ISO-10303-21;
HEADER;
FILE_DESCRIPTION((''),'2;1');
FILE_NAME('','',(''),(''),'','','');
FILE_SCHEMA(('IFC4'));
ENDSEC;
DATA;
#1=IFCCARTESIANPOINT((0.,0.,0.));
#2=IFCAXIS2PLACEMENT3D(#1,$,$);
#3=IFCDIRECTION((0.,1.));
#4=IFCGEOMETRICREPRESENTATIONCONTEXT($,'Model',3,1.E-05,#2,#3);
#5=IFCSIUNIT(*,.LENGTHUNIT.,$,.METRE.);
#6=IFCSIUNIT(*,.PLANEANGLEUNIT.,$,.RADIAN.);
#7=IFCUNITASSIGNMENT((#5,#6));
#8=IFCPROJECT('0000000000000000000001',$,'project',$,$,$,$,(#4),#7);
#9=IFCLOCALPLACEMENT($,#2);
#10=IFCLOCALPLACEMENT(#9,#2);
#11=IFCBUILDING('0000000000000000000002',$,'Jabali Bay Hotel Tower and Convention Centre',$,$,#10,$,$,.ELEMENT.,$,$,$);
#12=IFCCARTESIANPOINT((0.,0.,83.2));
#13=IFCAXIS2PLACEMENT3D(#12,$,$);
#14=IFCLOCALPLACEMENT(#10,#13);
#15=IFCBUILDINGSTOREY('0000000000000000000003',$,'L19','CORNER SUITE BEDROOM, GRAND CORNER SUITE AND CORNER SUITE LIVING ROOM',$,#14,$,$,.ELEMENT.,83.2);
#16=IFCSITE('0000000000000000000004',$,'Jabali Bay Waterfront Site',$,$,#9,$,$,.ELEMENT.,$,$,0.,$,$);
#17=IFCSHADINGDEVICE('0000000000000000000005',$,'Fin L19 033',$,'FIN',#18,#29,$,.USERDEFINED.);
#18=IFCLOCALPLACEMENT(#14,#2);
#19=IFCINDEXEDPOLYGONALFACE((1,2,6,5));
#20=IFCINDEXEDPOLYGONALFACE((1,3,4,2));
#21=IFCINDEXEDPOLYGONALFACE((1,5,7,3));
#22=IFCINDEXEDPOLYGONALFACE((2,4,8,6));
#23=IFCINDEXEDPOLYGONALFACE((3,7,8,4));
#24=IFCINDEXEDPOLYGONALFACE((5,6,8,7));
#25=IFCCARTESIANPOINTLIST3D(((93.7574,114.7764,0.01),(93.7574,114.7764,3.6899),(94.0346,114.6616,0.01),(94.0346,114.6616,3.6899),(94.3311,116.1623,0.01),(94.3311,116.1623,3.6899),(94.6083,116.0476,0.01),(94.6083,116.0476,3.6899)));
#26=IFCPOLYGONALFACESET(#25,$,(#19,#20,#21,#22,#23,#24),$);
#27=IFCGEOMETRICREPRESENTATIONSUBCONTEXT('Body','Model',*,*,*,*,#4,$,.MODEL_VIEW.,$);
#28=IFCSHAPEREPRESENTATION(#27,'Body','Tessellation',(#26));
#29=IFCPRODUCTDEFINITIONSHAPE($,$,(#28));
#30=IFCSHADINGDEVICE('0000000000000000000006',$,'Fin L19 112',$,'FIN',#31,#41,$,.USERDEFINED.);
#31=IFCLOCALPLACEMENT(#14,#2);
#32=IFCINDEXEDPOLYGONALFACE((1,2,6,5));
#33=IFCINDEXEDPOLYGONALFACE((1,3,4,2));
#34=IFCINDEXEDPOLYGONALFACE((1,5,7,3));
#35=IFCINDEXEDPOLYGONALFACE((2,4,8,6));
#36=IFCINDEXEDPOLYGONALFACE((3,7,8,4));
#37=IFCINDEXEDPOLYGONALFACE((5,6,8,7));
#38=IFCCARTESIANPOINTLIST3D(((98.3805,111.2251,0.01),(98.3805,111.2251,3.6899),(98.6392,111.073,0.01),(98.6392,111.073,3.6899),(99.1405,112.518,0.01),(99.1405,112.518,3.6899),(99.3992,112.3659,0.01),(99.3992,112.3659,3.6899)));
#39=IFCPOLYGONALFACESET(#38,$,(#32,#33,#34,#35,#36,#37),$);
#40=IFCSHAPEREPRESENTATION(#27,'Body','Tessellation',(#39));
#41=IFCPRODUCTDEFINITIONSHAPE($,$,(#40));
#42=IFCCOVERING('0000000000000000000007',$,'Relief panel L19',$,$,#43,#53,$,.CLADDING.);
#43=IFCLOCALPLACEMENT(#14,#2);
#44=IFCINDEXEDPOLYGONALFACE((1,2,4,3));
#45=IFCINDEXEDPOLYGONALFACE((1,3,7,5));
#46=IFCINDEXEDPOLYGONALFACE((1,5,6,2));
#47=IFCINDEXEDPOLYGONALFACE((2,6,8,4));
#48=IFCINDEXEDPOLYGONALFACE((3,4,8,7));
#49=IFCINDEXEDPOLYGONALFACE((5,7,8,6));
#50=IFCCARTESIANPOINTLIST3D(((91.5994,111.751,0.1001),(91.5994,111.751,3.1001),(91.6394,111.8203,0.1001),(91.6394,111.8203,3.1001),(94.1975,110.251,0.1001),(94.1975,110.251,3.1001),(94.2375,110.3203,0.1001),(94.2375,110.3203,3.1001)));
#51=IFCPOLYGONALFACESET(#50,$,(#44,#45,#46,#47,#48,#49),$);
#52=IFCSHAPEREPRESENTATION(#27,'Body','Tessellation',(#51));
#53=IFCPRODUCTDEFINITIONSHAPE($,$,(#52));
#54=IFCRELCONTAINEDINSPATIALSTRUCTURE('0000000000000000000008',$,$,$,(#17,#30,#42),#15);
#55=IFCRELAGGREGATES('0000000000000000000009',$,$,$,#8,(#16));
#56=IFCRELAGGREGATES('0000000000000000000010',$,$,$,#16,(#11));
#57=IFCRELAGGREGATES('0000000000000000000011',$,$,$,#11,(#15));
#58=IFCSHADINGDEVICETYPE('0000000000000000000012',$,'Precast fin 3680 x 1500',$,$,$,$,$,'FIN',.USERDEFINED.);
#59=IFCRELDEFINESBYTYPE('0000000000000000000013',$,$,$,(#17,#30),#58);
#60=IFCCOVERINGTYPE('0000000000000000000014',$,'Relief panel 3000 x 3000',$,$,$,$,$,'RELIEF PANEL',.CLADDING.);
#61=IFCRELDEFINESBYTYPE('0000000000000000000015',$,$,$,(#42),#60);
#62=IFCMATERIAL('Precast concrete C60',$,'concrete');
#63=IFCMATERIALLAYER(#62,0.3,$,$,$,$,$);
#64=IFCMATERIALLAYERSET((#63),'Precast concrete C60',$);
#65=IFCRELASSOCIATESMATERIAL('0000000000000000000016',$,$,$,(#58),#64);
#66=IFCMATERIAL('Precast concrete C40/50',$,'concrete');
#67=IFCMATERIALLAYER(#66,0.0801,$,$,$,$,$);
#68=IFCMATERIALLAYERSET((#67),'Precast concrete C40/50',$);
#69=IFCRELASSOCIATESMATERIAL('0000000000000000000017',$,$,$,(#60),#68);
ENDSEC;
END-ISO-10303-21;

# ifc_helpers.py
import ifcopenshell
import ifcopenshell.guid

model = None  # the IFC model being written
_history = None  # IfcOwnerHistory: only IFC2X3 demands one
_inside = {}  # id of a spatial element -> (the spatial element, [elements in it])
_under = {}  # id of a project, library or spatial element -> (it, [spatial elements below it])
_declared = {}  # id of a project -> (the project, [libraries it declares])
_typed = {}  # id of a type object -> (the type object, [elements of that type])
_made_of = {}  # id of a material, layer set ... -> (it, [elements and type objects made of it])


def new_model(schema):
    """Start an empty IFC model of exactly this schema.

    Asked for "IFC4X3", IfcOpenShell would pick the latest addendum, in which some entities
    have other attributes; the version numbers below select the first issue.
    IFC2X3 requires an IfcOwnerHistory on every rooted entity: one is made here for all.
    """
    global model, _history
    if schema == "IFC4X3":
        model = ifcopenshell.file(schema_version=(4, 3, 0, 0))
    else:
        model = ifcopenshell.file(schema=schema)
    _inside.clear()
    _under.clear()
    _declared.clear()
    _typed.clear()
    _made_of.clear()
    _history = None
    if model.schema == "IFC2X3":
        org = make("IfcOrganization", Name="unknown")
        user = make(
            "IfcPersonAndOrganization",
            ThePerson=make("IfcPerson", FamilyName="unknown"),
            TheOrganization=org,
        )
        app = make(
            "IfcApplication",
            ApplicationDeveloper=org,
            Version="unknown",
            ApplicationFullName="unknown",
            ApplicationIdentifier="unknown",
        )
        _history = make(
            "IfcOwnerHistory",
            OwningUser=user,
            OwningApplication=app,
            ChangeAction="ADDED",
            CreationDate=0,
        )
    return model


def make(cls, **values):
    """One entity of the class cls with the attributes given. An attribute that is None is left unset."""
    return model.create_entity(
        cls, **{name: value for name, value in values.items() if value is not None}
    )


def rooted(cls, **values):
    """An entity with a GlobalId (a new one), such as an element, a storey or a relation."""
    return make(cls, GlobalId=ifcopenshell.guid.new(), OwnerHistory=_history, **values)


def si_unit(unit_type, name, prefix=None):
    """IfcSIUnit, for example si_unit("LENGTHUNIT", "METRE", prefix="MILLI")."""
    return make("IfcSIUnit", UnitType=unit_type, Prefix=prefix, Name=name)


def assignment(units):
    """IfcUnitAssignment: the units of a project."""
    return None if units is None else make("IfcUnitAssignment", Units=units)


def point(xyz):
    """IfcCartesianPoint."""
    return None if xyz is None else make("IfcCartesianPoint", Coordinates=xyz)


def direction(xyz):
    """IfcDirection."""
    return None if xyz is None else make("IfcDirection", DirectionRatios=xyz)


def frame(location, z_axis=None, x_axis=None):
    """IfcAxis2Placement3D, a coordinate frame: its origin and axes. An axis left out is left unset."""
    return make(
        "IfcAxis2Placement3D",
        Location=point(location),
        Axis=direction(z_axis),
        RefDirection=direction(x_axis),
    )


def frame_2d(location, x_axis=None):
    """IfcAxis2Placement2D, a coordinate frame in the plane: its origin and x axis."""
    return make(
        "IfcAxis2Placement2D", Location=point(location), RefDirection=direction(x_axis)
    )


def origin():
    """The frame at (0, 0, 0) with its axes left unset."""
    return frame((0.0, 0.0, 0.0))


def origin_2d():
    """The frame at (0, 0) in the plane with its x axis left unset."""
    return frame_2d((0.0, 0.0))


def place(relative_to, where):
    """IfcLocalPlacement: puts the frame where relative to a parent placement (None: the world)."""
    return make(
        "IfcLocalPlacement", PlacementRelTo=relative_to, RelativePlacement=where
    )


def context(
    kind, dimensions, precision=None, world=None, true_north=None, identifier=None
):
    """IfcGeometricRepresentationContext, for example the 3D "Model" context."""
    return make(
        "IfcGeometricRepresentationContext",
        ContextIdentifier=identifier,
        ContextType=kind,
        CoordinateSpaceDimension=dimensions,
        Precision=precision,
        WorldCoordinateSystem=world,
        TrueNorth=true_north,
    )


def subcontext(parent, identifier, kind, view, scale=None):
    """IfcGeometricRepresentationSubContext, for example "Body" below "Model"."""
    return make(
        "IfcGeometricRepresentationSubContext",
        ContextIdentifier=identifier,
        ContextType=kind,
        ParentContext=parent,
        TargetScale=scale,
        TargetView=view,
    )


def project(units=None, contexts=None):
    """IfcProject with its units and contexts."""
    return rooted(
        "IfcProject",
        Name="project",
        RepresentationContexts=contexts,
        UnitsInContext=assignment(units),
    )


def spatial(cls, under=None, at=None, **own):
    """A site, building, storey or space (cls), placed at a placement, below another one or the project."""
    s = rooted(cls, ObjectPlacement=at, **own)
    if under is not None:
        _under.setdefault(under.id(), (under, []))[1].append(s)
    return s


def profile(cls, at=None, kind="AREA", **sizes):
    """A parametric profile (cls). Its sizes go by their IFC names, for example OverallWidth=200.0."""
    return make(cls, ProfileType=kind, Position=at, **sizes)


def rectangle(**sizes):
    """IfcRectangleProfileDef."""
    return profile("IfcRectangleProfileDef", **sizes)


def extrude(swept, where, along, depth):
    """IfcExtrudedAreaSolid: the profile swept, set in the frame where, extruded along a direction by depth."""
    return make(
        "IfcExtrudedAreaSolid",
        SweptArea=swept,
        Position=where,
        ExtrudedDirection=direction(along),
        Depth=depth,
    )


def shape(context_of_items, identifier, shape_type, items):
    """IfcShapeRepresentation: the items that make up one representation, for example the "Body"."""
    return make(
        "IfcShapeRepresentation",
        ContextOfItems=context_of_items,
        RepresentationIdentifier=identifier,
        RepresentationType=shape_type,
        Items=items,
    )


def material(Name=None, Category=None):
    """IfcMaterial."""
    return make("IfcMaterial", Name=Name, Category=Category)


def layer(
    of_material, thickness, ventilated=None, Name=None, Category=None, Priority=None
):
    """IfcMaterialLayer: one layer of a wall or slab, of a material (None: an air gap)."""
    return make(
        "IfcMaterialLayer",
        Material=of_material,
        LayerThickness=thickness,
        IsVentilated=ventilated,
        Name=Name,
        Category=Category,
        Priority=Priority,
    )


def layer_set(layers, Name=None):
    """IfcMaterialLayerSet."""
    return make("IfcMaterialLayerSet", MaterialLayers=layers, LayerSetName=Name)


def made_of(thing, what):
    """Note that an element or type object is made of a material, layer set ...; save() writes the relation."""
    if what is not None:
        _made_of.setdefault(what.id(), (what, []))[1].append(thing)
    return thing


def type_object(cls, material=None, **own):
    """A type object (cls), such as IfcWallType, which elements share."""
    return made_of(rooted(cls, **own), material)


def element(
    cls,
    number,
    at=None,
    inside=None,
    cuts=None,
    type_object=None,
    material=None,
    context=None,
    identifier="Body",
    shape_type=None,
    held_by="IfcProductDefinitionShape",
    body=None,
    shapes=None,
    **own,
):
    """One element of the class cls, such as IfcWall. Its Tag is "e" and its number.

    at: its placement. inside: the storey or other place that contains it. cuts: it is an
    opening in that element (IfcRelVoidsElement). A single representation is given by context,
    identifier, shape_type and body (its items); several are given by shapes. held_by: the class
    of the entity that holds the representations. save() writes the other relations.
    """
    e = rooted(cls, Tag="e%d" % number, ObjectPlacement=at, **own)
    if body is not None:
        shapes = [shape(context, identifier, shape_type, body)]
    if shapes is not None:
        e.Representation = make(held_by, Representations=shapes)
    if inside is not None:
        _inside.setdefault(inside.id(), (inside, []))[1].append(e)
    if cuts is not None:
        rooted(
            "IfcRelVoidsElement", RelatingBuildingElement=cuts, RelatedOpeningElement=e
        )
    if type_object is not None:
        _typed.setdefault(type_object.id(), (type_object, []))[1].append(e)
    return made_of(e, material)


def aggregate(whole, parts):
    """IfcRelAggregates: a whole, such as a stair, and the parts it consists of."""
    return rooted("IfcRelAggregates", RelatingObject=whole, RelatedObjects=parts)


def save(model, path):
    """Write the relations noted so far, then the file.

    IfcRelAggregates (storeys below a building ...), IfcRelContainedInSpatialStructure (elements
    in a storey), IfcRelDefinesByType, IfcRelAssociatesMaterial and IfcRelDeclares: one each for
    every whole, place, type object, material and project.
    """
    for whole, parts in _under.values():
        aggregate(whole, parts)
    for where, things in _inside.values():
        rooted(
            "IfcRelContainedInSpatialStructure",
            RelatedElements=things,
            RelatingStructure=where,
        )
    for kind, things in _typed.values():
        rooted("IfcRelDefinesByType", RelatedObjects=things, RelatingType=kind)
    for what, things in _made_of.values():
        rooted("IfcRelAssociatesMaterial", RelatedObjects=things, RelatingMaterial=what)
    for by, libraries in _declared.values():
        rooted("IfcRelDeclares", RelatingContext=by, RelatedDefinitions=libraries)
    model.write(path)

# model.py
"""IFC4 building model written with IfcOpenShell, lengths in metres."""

from ifc_helpers import new_model, si_unit, direction, frame, frame_2d, origin, origin_2d, place, context, subcontext, project, spatial, rectangle, extrude, material, layer, layer_set, type_object, element, save


model = new_model("IFC4")

# Units and contexts
model_context = context("Model", 3, precision=1e-05, world=origin(), true_north=direction((0.0, 1.0)))
body_context = subcontext(model_context, "Body", "Model", "MODEL_VIEW")
ifc_project = project(units=[si_unit("LENGTHUNIT", "METRE"), si_unit("PLANEANGLEUNIT", "RADIAN")], contexts=[model_context])

# Site, building, storey
site_placement = place(None, origin())
site = spatial("IfcSite", under=ifc_project, at=site_placement, Name="Jabali Bay Waterfront Site", CompositionType="ELEMENT", RefElevation=0.0)
building_placement = place(site_placement, origin())
building = spatial("IfcBuilding", under=site, at=building_placement, Name="Jabali Bay Hotel Tower and Convention Centre", CompositionType="ELEMENT")
storey_placement = place(building_placement, frame((0.0, 0.0, 83.2)))
storey = spatial("IfcBuildingStorey", under=building, at=storey_placement, Name="L19", Description="CORNER SUITE BEDROOM, GRAND CORNER SUITE AND CORNER SUITE LIVING ROOM", CompositionType="ELEMENT", Elevation=83.2)

# Shading devices
ifc_material_1 = material(Name="Precast concrete C60", Category="concrete")
ifc_layer_1 = layer(ifc_material_1, 0.3)
ifc_layer_set_1 = layer_set([ifc_layer_1], Name="Precast concrete C60")
shading_device_type = type_object("IfcShadingDeviceType", Name="Precast fin 3680 x 1500", ElementType="FIN", PredefinedType="USERDEFINED", material=ifc_layer_set_1)
shading_device_1_placement = place(storey_placement, frame((93.896, 114.719, 0.01), z_axis=(0.0, 0.0, 1.0), x_axis=(0.382476, 0.923965, 0.0)))
element("IfcShadingDevice", 1, at=shading_device_1_placement, inside=storey, type_object=shading_device_type, Name="Fin L19 033", ObjectType="FIN", PredefinedType="USERDEFINED", context=body_context, shape_type="SweptSolid", body=[
    extrude(rectangle(XDim=1.5, YDim=0.3, at=frame_2d((0.75, 0.0))), origin(), (0.0, 0.0, 1.0), 3.6799),
])
shading_device_2_placement = place(storey_placement, frame((98.5098, 111.1489, 0.01), z_axis=(0.0, 0.0, 1.0), x_axis=(0.506743, 0.862097, 0.0)))
element("IfcShadingDevice", 2, at=shading_device_2_placement, inside=storey, type_object=shading_device_type, Name="Fin L19 112", ObjectType="FIN", PredefinedType="USERDEFINED", context=body_context, shape_type="SweptSolid", body=[
    extrude(rectangle(XDim=1.4998, YDim=0.3, at=frame_2d((0.75, 0.0))), origin(), (0.0, 0.0, 1.0), 3.6799),
])

# Covering
ifc_material_2 = material(Name="Precast concrete C40/50", Category="concrete")
ifc_layer_2 = layer(ifc_material_2, 0.0801)
ifc_layer_set_2 = layer_set([ifc_layer_2], Name="Precast concrete C40/50")
covering_type = type_object("IfcCoveringType", Name="Relief panel 3000 x 3000", ElementType="RELIEF PANEL", PredefinedType="CLADDING", material=ifc_layer_set_2)
covering_placement = place(storey_placement, frame((92.9185, 111.0356, 0.1001), z_axis=(0.0, 0.0, 1.0), x_axis=(0.866025, -0.5, 0.0)))
element("IfcCovering", 3, at=covering_placement, inside=storey, type_object=covering_type, Name="Relief panel L19", PredefinedType="CLADDING", context=body_context, shape_type="SweptSolid", body=[
    extrude(rectangle(XDim=3.0, YDim=0.0801, at=origin_2d()), origin(), (0.0, 0.0, 1.0), 3.0),
])

save(model, "model.ifc")
